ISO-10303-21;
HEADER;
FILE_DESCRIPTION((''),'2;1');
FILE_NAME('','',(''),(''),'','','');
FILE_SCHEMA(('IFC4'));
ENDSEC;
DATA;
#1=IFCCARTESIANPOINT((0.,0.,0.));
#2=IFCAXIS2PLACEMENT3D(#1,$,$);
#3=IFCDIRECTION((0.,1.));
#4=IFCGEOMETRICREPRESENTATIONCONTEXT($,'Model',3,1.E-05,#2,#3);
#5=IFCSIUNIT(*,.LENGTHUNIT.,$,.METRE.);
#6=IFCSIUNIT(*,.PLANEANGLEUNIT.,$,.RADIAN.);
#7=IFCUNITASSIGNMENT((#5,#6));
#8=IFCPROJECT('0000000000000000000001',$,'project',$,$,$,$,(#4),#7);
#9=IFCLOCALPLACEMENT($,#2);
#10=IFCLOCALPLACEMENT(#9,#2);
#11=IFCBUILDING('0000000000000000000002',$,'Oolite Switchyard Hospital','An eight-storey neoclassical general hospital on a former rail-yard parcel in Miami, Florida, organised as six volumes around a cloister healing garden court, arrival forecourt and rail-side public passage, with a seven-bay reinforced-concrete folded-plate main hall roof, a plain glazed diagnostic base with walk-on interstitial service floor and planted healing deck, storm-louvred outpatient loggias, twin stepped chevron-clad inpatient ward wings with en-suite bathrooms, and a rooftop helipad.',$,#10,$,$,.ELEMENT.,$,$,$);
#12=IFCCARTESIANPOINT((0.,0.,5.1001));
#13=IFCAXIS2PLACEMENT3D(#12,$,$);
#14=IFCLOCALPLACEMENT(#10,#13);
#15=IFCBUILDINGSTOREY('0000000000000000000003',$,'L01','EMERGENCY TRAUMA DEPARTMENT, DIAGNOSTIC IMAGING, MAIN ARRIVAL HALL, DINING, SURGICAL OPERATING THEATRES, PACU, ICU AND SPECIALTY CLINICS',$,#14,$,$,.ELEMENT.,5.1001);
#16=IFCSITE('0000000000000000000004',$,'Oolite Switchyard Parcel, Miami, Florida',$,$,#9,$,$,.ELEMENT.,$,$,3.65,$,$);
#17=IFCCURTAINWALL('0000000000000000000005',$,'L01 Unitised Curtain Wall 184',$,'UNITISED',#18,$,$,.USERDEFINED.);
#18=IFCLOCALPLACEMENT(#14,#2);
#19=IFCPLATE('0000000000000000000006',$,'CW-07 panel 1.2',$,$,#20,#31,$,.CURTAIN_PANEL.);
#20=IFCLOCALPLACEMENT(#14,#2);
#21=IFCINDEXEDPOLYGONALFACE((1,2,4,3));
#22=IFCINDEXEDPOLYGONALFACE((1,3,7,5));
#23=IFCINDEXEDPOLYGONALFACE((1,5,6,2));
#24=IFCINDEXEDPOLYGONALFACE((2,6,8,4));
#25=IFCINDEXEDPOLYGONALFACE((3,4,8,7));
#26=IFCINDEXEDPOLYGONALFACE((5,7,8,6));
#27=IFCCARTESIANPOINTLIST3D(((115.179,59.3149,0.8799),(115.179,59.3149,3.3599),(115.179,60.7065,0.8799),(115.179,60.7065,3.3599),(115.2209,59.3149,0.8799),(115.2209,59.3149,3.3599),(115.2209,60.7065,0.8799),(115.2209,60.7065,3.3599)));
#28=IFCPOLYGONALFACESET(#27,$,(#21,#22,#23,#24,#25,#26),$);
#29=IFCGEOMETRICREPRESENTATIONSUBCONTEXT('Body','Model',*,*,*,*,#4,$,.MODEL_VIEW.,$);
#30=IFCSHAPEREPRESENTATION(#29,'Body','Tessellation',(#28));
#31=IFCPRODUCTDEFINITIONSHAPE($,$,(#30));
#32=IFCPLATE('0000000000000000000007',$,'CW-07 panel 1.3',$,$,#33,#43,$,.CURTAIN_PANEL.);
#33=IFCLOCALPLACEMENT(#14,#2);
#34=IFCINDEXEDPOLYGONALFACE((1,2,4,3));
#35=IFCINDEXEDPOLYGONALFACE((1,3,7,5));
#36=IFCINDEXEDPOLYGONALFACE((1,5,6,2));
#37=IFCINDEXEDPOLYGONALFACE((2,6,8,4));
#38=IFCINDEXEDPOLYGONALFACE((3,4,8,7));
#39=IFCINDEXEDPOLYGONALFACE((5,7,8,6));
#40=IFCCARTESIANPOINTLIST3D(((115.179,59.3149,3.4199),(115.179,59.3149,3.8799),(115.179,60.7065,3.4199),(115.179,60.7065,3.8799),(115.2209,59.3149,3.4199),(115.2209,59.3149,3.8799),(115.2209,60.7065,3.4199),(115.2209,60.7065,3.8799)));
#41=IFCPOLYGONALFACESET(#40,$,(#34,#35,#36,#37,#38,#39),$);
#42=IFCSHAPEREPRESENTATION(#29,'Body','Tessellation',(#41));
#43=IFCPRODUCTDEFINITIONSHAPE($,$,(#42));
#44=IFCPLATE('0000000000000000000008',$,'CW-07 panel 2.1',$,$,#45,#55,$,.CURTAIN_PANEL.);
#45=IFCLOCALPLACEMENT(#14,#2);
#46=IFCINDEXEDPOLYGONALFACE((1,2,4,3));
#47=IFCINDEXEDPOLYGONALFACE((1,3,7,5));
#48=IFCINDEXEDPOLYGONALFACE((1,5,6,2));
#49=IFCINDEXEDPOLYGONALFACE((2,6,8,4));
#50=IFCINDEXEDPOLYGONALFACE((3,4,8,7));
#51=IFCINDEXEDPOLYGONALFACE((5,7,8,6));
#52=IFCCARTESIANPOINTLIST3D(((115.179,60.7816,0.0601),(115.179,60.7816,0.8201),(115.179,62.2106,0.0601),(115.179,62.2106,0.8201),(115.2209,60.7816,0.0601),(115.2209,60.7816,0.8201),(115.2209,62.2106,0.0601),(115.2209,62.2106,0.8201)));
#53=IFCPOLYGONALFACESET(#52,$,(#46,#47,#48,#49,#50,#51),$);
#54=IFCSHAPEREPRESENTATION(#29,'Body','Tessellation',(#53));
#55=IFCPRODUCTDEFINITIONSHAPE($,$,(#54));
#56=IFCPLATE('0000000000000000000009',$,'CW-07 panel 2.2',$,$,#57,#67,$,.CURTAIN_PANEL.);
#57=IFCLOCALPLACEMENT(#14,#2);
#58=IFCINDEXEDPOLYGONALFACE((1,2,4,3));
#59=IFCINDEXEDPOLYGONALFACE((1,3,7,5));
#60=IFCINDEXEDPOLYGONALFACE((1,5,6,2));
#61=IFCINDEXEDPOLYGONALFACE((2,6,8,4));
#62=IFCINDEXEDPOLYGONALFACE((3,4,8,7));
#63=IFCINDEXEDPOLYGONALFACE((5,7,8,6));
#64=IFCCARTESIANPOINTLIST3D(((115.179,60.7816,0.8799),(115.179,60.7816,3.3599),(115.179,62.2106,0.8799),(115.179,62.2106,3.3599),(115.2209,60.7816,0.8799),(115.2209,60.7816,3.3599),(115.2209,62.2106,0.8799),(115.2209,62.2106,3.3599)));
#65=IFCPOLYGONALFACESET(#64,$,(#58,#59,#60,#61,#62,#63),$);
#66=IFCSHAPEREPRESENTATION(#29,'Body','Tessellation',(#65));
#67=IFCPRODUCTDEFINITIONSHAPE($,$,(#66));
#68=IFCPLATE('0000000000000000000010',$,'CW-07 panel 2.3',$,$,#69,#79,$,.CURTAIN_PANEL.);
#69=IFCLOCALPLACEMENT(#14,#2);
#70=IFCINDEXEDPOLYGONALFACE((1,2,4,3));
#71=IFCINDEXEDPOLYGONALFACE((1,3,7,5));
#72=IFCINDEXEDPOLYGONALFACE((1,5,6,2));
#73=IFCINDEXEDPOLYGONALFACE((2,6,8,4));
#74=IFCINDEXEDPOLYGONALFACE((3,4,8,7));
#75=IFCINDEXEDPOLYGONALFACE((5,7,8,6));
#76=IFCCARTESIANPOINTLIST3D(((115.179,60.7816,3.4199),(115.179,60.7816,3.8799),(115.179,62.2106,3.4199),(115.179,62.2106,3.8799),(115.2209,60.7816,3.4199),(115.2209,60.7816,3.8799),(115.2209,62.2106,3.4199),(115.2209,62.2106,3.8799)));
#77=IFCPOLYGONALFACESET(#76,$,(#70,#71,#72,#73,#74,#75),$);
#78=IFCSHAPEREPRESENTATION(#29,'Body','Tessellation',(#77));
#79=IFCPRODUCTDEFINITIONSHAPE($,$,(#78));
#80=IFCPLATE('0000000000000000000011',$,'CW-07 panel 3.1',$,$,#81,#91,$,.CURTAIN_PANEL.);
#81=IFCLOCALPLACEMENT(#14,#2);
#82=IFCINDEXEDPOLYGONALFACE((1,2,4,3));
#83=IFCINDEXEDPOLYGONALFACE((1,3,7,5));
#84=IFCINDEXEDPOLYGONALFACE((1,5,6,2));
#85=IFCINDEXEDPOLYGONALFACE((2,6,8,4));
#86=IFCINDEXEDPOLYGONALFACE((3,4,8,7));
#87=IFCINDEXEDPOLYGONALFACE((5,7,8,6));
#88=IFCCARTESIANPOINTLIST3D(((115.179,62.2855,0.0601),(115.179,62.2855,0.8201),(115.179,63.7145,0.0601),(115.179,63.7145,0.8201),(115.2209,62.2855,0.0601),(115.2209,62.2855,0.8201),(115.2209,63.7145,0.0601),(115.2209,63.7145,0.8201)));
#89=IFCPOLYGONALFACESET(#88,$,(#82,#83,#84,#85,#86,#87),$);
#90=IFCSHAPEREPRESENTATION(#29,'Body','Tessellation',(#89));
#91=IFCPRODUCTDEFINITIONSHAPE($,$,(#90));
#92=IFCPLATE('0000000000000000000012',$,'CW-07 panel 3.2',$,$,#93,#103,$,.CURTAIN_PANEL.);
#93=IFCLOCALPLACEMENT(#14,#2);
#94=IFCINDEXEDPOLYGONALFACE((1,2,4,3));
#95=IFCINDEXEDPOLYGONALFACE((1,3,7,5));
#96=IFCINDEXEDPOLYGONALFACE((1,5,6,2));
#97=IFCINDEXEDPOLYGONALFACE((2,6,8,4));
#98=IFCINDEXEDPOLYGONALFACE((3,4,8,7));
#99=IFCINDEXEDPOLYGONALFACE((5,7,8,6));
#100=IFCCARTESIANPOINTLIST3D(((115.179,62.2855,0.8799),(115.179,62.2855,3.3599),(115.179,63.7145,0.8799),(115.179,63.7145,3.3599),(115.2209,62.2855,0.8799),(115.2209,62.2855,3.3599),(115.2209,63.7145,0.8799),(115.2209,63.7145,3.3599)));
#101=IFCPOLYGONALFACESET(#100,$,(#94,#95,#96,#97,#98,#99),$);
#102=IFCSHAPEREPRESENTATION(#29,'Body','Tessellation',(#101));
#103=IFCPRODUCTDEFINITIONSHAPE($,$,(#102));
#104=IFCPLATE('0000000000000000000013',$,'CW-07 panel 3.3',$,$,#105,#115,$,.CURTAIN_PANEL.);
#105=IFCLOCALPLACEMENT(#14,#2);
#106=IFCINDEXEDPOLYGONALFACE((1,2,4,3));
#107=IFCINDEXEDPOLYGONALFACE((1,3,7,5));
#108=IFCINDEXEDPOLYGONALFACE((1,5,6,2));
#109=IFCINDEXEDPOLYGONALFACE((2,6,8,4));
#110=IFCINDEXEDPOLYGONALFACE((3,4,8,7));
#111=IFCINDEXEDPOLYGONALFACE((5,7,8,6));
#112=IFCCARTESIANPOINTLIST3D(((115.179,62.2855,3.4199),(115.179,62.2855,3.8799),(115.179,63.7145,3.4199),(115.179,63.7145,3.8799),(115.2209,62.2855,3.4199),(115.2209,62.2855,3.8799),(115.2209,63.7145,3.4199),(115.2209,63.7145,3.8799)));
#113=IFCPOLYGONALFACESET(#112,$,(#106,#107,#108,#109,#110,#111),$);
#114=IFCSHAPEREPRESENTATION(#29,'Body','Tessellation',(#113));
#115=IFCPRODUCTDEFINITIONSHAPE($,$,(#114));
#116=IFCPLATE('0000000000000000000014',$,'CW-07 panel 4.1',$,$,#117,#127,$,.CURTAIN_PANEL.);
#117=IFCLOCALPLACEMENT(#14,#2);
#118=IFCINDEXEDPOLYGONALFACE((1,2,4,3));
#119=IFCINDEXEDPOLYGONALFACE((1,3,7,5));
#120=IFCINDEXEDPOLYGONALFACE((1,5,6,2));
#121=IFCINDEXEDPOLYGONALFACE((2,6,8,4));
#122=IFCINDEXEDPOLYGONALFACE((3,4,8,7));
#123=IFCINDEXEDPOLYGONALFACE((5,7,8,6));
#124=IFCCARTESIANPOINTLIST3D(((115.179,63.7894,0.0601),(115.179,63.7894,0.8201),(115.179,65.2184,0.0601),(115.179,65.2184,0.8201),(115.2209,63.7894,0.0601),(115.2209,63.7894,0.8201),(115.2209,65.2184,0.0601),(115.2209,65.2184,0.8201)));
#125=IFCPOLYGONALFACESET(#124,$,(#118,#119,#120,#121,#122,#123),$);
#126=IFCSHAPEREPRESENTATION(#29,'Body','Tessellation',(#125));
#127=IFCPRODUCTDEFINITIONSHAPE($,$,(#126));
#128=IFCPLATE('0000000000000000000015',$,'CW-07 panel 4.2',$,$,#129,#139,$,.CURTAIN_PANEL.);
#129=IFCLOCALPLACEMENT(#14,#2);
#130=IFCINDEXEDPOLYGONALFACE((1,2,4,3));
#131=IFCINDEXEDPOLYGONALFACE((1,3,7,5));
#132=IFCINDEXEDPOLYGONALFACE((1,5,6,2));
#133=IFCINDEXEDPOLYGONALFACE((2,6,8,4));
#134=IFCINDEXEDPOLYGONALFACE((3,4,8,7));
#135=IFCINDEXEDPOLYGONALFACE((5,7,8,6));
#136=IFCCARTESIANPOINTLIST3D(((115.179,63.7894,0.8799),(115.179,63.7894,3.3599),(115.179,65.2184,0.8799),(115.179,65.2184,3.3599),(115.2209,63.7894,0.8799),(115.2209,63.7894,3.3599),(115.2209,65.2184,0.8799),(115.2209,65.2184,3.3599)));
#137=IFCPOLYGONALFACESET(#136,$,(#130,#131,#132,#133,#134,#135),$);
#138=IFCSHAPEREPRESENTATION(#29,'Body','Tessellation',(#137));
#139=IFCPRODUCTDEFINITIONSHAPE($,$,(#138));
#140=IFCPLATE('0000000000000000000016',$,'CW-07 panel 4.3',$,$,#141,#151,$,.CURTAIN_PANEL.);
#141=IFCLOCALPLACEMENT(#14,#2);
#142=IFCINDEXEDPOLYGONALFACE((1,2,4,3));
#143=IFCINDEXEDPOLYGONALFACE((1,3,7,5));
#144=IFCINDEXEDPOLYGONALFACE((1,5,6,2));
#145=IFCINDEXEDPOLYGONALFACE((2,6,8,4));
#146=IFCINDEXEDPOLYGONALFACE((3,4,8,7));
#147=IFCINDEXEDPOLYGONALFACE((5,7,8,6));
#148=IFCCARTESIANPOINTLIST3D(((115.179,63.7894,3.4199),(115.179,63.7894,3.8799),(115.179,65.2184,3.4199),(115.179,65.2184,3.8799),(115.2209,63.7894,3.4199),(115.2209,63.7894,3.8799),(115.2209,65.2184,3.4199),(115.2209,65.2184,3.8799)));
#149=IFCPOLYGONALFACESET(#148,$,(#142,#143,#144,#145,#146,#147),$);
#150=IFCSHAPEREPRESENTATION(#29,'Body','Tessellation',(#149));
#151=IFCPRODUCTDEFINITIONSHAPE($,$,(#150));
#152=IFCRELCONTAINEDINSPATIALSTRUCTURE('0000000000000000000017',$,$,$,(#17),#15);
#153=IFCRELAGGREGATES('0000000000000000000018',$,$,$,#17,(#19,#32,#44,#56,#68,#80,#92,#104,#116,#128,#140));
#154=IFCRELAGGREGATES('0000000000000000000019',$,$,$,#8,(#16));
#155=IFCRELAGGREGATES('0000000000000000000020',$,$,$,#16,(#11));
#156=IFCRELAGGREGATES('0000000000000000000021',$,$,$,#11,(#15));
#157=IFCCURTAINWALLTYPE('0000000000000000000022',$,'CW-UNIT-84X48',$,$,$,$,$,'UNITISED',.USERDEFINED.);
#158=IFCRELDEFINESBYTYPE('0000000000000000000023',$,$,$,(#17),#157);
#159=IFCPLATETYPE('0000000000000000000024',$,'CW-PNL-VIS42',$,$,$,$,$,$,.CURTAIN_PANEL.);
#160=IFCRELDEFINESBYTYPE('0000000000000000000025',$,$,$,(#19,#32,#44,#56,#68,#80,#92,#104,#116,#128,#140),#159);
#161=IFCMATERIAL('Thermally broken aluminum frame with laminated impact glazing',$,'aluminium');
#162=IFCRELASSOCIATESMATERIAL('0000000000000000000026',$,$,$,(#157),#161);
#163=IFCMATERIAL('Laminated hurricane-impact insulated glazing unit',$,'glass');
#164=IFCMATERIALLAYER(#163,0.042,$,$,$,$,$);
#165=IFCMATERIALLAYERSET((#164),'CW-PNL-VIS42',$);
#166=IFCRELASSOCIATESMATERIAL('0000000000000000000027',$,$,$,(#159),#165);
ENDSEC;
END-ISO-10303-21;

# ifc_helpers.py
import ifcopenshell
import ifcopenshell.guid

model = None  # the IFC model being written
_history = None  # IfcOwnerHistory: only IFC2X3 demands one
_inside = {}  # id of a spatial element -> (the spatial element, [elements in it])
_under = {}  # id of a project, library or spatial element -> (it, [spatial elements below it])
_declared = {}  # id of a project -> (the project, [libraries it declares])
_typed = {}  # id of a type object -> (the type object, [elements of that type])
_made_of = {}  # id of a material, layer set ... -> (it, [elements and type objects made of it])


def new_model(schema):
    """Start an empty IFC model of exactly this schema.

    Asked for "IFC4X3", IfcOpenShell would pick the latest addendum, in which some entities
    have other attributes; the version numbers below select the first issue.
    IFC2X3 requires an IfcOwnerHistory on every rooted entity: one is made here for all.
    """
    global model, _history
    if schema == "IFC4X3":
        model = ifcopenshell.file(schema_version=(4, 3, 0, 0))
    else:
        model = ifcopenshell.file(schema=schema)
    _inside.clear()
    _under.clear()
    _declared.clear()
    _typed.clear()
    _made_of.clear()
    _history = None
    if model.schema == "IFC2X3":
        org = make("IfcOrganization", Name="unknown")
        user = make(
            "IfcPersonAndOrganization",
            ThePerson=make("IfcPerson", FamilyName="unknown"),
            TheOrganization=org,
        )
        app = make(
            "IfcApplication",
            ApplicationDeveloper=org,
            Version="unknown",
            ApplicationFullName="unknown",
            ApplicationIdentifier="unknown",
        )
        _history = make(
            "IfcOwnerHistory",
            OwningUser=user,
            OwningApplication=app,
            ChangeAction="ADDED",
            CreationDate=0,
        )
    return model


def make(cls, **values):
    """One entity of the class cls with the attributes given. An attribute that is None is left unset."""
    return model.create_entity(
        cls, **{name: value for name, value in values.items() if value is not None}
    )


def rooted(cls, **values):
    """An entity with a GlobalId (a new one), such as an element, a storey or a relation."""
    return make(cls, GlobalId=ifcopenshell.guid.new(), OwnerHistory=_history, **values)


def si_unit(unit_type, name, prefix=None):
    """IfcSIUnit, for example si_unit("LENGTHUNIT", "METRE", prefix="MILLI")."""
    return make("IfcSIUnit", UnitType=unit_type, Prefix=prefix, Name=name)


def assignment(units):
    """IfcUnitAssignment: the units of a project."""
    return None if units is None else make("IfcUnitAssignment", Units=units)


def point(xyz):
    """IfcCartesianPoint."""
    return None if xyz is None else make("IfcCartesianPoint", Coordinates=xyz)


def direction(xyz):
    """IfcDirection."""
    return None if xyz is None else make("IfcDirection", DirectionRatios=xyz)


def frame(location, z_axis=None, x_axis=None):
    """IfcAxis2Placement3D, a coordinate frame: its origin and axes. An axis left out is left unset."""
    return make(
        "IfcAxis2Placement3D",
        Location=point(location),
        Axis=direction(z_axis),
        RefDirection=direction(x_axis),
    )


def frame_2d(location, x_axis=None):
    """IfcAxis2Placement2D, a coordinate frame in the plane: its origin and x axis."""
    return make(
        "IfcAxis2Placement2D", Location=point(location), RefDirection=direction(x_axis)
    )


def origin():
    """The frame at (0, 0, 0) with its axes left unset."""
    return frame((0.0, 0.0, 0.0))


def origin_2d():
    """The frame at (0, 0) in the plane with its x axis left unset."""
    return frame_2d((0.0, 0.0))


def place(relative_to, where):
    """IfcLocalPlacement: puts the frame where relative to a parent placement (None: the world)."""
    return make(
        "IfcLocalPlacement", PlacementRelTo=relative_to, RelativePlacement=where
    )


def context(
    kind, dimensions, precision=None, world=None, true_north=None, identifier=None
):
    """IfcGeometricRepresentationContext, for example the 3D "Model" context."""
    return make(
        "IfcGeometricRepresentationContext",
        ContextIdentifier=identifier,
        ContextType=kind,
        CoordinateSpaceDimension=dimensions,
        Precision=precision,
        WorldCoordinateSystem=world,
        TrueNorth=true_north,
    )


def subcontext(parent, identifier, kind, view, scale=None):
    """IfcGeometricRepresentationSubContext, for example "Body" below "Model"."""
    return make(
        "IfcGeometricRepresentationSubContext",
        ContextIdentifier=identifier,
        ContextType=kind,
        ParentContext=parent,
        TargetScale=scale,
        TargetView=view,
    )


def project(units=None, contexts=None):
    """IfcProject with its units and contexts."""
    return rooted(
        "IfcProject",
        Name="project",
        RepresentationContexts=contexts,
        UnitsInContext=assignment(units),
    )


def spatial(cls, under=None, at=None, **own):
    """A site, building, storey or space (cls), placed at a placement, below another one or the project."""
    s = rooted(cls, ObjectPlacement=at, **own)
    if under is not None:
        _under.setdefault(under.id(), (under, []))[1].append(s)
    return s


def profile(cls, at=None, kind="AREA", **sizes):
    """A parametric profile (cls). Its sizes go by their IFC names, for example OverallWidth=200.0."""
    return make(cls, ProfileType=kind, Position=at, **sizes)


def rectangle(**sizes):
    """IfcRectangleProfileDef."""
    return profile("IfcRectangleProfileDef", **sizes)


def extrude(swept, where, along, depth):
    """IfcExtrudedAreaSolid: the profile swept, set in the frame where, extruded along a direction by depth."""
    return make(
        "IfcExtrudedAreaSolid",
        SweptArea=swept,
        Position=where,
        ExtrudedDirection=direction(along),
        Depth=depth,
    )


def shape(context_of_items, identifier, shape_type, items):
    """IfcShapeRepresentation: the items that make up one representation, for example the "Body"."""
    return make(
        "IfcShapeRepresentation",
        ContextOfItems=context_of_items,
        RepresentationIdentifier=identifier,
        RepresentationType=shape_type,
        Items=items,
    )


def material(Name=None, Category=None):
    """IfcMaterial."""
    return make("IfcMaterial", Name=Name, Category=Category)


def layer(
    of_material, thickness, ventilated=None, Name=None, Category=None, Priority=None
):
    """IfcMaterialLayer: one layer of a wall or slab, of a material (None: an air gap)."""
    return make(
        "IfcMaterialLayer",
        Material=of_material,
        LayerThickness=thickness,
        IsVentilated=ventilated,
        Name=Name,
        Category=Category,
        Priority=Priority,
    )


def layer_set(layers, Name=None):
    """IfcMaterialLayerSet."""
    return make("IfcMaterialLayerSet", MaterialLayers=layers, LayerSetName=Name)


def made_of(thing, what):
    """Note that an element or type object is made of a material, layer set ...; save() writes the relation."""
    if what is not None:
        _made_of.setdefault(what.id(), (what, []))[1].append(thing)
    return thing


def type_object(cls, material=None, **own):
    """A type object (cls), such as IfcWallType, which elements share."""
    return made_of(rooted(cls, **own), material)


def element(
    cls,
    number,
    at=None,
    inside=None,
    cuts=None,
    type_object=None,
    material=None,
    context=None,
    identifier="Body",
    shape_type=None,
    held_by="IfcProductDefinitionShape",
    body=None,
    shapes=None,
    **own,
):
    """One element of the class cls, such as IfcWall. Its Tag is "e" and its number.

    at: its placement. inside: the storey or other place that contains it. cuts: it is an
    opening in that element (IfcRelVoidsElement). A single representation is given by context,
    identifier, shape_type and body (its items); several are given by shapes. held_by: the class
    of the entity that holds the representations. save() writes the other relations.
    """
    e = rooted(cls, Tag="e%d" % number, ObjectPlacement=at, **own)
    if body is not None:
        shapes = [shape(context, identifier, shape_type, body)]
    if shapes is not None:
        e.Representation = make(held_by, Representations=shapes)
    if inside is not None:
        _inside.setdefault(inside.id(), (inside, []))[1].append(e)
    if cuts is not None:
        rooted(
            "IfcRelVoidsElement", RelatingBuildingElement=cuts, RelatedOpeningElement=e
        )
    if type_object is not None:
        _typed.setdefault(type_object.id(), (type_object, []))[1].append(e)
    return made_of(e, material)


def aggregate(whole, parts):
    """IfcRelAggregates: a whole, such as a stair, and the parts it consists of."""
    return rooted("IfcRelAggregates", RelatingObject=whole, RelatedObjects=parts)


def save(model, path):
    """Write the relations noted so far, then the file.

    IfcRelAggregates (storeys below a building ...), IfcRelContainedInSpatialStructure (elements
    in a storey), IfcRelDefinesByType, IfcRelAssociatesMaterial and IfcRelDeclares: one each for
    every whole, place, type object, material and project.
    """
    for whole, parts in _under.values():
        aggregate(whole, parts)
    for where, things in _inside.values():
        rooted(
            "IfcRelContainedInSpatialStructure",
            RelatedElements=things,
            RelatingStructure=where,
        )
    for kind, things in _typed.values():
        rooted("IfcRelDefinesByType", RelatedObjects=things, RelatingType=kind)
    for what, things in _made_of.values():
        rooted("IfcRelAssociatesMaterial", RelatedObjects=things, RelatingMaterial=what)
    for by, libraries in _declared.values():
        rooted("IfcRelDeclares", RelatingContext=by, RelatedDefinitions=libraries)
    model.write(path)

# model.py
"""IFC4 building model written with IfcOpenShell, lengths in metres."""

from ifc_helpers import new_model, si_unit, direction, frame, origin, origin_2d, place, context, subcontext, project, spatial, rectangle, extrude, material, layer, layer_set, type_object, element, aggregate, save


model = new_model("IFC4")

# Units and contexts
model_context = context("Model", 3, precision=1e-05, world=origin(), true_north=direction((0.0, 1.0)))
body_context = subcontext(model_context, "Body", "Model", "MODEL_VIEW")
ifc_project = project(units=[si_unit("LENGTHUNIT", "METRE"), si_unit("PLANEANGLEUNIT", "RADIAN")], contexts=[model_context])

# Site, building, storey
site_placement = place(None, origin())
site = spatial("IfcSite", under=ifc_project, at=site_placement, Name="Oolite Switchyard Parcel, Miami, Florida", CompositionType="ELEMENT", RefElevation=3.65)
building_placement = place(site_placement, origin())
building = spatial("IfcBuilding", under=site, at=building_placement, Name="Oolite Switchyard Hospital", Description="An eight-storey neoclassical general hospital on a former rail-yard parcel in Miami, Florida, organised as six volumes around a cloister healing garden court, arrival forecourt and rail-side public passage, with a seven-bay reinforced-concrete folded-plate main hall roof, a plain glazed diagnostic base with walk-on interstitial service floor and planted healing deck, storm-louvred outpatient loggias, twin stepped chevron-clad inpatient ward wings with en-suite bathrooms, and a rooftop helipad.", CompositionType="ELEMENT")
storey_placement = place(building_placement, frame((0.0, 0.0, 5.1001)))
storey = spatial("IfcBuildingStorey", under=building, at=storey_placement, Name="L01", Description="EMERGENCY TRAUMA DEPARTMENT, DIAGNOSTIC IMAGING, MAIN ARRIVAL HALL, DINING, SURGICAL OPERATING THEATRES, PACU, ICU AND SPECIALTY CLINICS", CompositionType="ELEMENT", Elevation=5.1001)

# Curtain wall, plates
ifc_material_1 = material(Name="Thermally broken aluminum frame with laminated impact glazing", Category="aluminium")
curtain_wall_type = type_object("IfcCurtainWallType", Name="CW-UNIT-84X48", ElementType="UNITISED", PredefinedType="USERDEFINED", material=ifc_material_1)
curtain_wall_placement = place(storey_placement, origin())
curtain_wall = element("IfcCurtainWall", 1, at=curtain_wall_placement, inside=storey, type_object=curtain_wall_type, Name="L01 Unitised Curtain Wall 184", ObjectType="UNITISED", PredefinedType="USERDEFINED")
ifc_material_2 = material(Name="Laminated hurricane-impact insulated glazing unit", Category="glass")
ifc_layer = layer(ifc_material_2, 0.042)
ifc_layer_set = layer_set([ifc_layer], Name="CW-PNL-VIS42")
plate_type = type_object("IfcPlateType", Name="CW-PNL-VIS42", PredefinedType="CURTAIN_PANEL", material=ifc_layer_set)
plate_1_placement = place(storey_placement, frame((115.2, 60.0107, 0.8799), z_axis=(0.0, 0.0, 1.0), x_axis=(0.0, 1.0, 0.0)))
plate_1 = element("IfcPlate", 2, at=plate_1_placement, type_object=plate_type, Name="CW-07 panel 1.2", PredefinedType="CURTAIN_PANEL", context=body_context, shape_type="SweptSolid", body=[
    extrude(rectangle(XDim=1.3916, YDim=0.042, at=origin_2d()), origin(), (0.0, 0.0, 1.0), 2.48),
])
plate_2_placement = place(storey_placement, frame((115.2, 60.0107, 3.4199), z_axis=(0.0, 0.0, 1.0), x_axis=(0.0, 1.0, 0.0)))
plate_2 = element("IfcPlate", 3, at=plate_2_placement, type_object=plate_type, Name="CW-07 panel 1.3", PredefinedType="CURTAIN_PANEL", context=body_context, shape_type="SweptSolid", body=[
    extrude(rectangle(XDim=1.3916, YDim=0.042, at=origin_2d()), origin(), (0.0, 0.0, 1.0), 0.46),
])
plate_3_placement = place(storey_placement, frame((115.2, 61.4961, 0.0601), z_axis=(0.0, 0.0, 1.0), x_axis=(0.0, 1.0, 0.0)))
plate_3 = element("IfcPlate", 4, at=plate_3_placement, type_object=plate_type, Name="CW-07 panel 2.1", PredefinedType="CURTAIN_PANEL", context=body_context, shape_type="SweptSolid", body=[
    extrude(rectangle(XDim=1.429, YDim=0.042, at=origin_2d()), origin(), (0.0, 0.0, 1.0), 0.76),
])
plate_4_placement = place(storey_placement, frame((115.2, 61.4961, 0.8799), z_axis=(0.0, 0.0, 1.0), x_axis=(0.0, 1.0, 0.0)))
plate_4 = element("IfcPlate", 5, at=plate_4_placement, type_object=plate_type, Name="CW-07 panel 2.2", PredefinedType="CURTAIN_PANEL", context=body_context, shape_type="SweptSolid", body=[
    extrude(rectangle(XDim=1.429, YDim=0.042, at=origin_2d()), origin(), (0.0, 0.0, 1.0), 2.48),
])
plate_5_placement = place(storey_placement, frame((115.2, 61.4961, 3.4199), z_axis=(0.0, 0.0, 1.0), x_axis=(0.0, 1.0, 0.0)))
plate_5 = element("IfcPlate", 6, at=plate_5_placement, type_object=plate_type, Name="CW-07 panel 2.3", PredefinedType="CURTAIN_PANEL", context=body_context, shape_type="SweptSolid", body=[
    extrude(rectangle(XDim=1.429, YDim=0.042, at=origin_2d()), origin(), (0.0, 0.0, 1.0), 0.46),
])
plate_6_placement = place(storey_placement, frame((115.2, 63.0, 0.0601), z_axis=(0.0, 0.0, 1.0), x_axis=(0.0, 1.0, 0.0)))
plate_6 = element("IfcPlate", 7, at=plate_6_placement, type_object=plate_type, Name="CW-07 panel 3.1", PredefinedType="CURTAIN_PANEL", context=body_context, shape_type="SweptSolid", body=[
    extrude(rectangle(XDim=1.429, YDim=0.042, at=origin_2d()), origin(), (0.0, 0.0, 1.0), 0.76),
])
plate_7_placement = place(storey_placement, frame((115.2, 63.0, 0.8799), z_axis=(0.0, 0.0, 1.0), x_axis=(0.0, 1.0, 0.0)))
plate_7 = element("IfcPlate", 8, at=plate_7_placement, type_object=plate_type, Name="CW-07 panel 3.2", PredefinedType="CURTAIN_PANEL", context=body_context, shape_type="SweptSolid", body=[
    extrude(rectangle(XDim=1.429, YDim=0.042, at=origin_2d()), origin(), (0.0, 0.0, 1.0), 2.48),
])
plate_8_placement = place(storey_placement, frame((115.2, 63.0, 3.4199), z_axis=(0.0, 0.0, 1.0), x_axis=(0.0, 1.0, 0.0)))
plate_8 = element("IfcPlate", 9, at=plate_8_placement, type_object=plate_type, Name="CW-07 panel 3.3", PredefinedType="CURTAIN_PANEL", context=body_context, shape_type="SweptSolid", body=[
    extrude(rectangle(XDim=1.429, YDim=0.042, at=origin_2d()), origin(), (0.0, 0.0, 1.0), 0.46),
])
plate_9_placement = place(storey_placement, frame((115.2, 64.5039, 0.0601), z_axis=(0.0, 0.0, 1.0), x_axis=(0.0, 1.0, 0.0)))
plate_9 = element("IfcPlate", 10, at=plate_9_placement, type_object=plate_type, Name="CW-07 panel 4.1", PredefinedType="CURTAIN_PANEL", context=body_context, shape_type="SweptSolid", body=[
    extrude(rectangle(XDim=1.429, YDim=0.042, at=origin_2d()), origin(), (0.0, 0.0, 1.0), 0.76),
])
plate_10_placement = place(storey_placement, frame((115.2, 64.5039, 0.8799), z_axis=(0.0, 0.0, 1.0), x_axis=(0.0, 1.0, 0.0)))
plate_10 = element("IfcPlate", 11, at=plate_10_placement, type_object=plate_type, Name="CW-07 panel 4.2", PredefinedType="CURTAIN_PANEL", context=body_context, shape_type="SweptSolid", body=[
    extrude(rectangle(XDim=1.429, YDim=0.042, at=origin_2d()), origin(), (0.0, 0.0, 1.0), 2.48),
])
plate_11_placement = place(storey_placement, frame((115.2, 64.5039, 3.4199), z_axis=(0.0, 0.0, 1.0), x_axis=(0.0, 1.0, 0.0)))
plate_11 = element("IfcPlate", 12, at=plate_11_placement, type_object=plate_type, Name="CW-07 panel 4.3", PredefinedType="CURTAIN_PANEL", context=body_context, shape_type="SweptSolid", body=[
    extrude(rectangle(XDim=1.429, YDim=0.042, at=origin_2d()), origin(), (0.0, 0.0, 1.0), 0.46),
])
aggregate(curtain_wall, [plate_1, plate_2, plate_3, plate_4, plate_5, plate_6, plate_7, plate_8, plate_9, plate_10, plate_11])

save(model, "model.ifc")
